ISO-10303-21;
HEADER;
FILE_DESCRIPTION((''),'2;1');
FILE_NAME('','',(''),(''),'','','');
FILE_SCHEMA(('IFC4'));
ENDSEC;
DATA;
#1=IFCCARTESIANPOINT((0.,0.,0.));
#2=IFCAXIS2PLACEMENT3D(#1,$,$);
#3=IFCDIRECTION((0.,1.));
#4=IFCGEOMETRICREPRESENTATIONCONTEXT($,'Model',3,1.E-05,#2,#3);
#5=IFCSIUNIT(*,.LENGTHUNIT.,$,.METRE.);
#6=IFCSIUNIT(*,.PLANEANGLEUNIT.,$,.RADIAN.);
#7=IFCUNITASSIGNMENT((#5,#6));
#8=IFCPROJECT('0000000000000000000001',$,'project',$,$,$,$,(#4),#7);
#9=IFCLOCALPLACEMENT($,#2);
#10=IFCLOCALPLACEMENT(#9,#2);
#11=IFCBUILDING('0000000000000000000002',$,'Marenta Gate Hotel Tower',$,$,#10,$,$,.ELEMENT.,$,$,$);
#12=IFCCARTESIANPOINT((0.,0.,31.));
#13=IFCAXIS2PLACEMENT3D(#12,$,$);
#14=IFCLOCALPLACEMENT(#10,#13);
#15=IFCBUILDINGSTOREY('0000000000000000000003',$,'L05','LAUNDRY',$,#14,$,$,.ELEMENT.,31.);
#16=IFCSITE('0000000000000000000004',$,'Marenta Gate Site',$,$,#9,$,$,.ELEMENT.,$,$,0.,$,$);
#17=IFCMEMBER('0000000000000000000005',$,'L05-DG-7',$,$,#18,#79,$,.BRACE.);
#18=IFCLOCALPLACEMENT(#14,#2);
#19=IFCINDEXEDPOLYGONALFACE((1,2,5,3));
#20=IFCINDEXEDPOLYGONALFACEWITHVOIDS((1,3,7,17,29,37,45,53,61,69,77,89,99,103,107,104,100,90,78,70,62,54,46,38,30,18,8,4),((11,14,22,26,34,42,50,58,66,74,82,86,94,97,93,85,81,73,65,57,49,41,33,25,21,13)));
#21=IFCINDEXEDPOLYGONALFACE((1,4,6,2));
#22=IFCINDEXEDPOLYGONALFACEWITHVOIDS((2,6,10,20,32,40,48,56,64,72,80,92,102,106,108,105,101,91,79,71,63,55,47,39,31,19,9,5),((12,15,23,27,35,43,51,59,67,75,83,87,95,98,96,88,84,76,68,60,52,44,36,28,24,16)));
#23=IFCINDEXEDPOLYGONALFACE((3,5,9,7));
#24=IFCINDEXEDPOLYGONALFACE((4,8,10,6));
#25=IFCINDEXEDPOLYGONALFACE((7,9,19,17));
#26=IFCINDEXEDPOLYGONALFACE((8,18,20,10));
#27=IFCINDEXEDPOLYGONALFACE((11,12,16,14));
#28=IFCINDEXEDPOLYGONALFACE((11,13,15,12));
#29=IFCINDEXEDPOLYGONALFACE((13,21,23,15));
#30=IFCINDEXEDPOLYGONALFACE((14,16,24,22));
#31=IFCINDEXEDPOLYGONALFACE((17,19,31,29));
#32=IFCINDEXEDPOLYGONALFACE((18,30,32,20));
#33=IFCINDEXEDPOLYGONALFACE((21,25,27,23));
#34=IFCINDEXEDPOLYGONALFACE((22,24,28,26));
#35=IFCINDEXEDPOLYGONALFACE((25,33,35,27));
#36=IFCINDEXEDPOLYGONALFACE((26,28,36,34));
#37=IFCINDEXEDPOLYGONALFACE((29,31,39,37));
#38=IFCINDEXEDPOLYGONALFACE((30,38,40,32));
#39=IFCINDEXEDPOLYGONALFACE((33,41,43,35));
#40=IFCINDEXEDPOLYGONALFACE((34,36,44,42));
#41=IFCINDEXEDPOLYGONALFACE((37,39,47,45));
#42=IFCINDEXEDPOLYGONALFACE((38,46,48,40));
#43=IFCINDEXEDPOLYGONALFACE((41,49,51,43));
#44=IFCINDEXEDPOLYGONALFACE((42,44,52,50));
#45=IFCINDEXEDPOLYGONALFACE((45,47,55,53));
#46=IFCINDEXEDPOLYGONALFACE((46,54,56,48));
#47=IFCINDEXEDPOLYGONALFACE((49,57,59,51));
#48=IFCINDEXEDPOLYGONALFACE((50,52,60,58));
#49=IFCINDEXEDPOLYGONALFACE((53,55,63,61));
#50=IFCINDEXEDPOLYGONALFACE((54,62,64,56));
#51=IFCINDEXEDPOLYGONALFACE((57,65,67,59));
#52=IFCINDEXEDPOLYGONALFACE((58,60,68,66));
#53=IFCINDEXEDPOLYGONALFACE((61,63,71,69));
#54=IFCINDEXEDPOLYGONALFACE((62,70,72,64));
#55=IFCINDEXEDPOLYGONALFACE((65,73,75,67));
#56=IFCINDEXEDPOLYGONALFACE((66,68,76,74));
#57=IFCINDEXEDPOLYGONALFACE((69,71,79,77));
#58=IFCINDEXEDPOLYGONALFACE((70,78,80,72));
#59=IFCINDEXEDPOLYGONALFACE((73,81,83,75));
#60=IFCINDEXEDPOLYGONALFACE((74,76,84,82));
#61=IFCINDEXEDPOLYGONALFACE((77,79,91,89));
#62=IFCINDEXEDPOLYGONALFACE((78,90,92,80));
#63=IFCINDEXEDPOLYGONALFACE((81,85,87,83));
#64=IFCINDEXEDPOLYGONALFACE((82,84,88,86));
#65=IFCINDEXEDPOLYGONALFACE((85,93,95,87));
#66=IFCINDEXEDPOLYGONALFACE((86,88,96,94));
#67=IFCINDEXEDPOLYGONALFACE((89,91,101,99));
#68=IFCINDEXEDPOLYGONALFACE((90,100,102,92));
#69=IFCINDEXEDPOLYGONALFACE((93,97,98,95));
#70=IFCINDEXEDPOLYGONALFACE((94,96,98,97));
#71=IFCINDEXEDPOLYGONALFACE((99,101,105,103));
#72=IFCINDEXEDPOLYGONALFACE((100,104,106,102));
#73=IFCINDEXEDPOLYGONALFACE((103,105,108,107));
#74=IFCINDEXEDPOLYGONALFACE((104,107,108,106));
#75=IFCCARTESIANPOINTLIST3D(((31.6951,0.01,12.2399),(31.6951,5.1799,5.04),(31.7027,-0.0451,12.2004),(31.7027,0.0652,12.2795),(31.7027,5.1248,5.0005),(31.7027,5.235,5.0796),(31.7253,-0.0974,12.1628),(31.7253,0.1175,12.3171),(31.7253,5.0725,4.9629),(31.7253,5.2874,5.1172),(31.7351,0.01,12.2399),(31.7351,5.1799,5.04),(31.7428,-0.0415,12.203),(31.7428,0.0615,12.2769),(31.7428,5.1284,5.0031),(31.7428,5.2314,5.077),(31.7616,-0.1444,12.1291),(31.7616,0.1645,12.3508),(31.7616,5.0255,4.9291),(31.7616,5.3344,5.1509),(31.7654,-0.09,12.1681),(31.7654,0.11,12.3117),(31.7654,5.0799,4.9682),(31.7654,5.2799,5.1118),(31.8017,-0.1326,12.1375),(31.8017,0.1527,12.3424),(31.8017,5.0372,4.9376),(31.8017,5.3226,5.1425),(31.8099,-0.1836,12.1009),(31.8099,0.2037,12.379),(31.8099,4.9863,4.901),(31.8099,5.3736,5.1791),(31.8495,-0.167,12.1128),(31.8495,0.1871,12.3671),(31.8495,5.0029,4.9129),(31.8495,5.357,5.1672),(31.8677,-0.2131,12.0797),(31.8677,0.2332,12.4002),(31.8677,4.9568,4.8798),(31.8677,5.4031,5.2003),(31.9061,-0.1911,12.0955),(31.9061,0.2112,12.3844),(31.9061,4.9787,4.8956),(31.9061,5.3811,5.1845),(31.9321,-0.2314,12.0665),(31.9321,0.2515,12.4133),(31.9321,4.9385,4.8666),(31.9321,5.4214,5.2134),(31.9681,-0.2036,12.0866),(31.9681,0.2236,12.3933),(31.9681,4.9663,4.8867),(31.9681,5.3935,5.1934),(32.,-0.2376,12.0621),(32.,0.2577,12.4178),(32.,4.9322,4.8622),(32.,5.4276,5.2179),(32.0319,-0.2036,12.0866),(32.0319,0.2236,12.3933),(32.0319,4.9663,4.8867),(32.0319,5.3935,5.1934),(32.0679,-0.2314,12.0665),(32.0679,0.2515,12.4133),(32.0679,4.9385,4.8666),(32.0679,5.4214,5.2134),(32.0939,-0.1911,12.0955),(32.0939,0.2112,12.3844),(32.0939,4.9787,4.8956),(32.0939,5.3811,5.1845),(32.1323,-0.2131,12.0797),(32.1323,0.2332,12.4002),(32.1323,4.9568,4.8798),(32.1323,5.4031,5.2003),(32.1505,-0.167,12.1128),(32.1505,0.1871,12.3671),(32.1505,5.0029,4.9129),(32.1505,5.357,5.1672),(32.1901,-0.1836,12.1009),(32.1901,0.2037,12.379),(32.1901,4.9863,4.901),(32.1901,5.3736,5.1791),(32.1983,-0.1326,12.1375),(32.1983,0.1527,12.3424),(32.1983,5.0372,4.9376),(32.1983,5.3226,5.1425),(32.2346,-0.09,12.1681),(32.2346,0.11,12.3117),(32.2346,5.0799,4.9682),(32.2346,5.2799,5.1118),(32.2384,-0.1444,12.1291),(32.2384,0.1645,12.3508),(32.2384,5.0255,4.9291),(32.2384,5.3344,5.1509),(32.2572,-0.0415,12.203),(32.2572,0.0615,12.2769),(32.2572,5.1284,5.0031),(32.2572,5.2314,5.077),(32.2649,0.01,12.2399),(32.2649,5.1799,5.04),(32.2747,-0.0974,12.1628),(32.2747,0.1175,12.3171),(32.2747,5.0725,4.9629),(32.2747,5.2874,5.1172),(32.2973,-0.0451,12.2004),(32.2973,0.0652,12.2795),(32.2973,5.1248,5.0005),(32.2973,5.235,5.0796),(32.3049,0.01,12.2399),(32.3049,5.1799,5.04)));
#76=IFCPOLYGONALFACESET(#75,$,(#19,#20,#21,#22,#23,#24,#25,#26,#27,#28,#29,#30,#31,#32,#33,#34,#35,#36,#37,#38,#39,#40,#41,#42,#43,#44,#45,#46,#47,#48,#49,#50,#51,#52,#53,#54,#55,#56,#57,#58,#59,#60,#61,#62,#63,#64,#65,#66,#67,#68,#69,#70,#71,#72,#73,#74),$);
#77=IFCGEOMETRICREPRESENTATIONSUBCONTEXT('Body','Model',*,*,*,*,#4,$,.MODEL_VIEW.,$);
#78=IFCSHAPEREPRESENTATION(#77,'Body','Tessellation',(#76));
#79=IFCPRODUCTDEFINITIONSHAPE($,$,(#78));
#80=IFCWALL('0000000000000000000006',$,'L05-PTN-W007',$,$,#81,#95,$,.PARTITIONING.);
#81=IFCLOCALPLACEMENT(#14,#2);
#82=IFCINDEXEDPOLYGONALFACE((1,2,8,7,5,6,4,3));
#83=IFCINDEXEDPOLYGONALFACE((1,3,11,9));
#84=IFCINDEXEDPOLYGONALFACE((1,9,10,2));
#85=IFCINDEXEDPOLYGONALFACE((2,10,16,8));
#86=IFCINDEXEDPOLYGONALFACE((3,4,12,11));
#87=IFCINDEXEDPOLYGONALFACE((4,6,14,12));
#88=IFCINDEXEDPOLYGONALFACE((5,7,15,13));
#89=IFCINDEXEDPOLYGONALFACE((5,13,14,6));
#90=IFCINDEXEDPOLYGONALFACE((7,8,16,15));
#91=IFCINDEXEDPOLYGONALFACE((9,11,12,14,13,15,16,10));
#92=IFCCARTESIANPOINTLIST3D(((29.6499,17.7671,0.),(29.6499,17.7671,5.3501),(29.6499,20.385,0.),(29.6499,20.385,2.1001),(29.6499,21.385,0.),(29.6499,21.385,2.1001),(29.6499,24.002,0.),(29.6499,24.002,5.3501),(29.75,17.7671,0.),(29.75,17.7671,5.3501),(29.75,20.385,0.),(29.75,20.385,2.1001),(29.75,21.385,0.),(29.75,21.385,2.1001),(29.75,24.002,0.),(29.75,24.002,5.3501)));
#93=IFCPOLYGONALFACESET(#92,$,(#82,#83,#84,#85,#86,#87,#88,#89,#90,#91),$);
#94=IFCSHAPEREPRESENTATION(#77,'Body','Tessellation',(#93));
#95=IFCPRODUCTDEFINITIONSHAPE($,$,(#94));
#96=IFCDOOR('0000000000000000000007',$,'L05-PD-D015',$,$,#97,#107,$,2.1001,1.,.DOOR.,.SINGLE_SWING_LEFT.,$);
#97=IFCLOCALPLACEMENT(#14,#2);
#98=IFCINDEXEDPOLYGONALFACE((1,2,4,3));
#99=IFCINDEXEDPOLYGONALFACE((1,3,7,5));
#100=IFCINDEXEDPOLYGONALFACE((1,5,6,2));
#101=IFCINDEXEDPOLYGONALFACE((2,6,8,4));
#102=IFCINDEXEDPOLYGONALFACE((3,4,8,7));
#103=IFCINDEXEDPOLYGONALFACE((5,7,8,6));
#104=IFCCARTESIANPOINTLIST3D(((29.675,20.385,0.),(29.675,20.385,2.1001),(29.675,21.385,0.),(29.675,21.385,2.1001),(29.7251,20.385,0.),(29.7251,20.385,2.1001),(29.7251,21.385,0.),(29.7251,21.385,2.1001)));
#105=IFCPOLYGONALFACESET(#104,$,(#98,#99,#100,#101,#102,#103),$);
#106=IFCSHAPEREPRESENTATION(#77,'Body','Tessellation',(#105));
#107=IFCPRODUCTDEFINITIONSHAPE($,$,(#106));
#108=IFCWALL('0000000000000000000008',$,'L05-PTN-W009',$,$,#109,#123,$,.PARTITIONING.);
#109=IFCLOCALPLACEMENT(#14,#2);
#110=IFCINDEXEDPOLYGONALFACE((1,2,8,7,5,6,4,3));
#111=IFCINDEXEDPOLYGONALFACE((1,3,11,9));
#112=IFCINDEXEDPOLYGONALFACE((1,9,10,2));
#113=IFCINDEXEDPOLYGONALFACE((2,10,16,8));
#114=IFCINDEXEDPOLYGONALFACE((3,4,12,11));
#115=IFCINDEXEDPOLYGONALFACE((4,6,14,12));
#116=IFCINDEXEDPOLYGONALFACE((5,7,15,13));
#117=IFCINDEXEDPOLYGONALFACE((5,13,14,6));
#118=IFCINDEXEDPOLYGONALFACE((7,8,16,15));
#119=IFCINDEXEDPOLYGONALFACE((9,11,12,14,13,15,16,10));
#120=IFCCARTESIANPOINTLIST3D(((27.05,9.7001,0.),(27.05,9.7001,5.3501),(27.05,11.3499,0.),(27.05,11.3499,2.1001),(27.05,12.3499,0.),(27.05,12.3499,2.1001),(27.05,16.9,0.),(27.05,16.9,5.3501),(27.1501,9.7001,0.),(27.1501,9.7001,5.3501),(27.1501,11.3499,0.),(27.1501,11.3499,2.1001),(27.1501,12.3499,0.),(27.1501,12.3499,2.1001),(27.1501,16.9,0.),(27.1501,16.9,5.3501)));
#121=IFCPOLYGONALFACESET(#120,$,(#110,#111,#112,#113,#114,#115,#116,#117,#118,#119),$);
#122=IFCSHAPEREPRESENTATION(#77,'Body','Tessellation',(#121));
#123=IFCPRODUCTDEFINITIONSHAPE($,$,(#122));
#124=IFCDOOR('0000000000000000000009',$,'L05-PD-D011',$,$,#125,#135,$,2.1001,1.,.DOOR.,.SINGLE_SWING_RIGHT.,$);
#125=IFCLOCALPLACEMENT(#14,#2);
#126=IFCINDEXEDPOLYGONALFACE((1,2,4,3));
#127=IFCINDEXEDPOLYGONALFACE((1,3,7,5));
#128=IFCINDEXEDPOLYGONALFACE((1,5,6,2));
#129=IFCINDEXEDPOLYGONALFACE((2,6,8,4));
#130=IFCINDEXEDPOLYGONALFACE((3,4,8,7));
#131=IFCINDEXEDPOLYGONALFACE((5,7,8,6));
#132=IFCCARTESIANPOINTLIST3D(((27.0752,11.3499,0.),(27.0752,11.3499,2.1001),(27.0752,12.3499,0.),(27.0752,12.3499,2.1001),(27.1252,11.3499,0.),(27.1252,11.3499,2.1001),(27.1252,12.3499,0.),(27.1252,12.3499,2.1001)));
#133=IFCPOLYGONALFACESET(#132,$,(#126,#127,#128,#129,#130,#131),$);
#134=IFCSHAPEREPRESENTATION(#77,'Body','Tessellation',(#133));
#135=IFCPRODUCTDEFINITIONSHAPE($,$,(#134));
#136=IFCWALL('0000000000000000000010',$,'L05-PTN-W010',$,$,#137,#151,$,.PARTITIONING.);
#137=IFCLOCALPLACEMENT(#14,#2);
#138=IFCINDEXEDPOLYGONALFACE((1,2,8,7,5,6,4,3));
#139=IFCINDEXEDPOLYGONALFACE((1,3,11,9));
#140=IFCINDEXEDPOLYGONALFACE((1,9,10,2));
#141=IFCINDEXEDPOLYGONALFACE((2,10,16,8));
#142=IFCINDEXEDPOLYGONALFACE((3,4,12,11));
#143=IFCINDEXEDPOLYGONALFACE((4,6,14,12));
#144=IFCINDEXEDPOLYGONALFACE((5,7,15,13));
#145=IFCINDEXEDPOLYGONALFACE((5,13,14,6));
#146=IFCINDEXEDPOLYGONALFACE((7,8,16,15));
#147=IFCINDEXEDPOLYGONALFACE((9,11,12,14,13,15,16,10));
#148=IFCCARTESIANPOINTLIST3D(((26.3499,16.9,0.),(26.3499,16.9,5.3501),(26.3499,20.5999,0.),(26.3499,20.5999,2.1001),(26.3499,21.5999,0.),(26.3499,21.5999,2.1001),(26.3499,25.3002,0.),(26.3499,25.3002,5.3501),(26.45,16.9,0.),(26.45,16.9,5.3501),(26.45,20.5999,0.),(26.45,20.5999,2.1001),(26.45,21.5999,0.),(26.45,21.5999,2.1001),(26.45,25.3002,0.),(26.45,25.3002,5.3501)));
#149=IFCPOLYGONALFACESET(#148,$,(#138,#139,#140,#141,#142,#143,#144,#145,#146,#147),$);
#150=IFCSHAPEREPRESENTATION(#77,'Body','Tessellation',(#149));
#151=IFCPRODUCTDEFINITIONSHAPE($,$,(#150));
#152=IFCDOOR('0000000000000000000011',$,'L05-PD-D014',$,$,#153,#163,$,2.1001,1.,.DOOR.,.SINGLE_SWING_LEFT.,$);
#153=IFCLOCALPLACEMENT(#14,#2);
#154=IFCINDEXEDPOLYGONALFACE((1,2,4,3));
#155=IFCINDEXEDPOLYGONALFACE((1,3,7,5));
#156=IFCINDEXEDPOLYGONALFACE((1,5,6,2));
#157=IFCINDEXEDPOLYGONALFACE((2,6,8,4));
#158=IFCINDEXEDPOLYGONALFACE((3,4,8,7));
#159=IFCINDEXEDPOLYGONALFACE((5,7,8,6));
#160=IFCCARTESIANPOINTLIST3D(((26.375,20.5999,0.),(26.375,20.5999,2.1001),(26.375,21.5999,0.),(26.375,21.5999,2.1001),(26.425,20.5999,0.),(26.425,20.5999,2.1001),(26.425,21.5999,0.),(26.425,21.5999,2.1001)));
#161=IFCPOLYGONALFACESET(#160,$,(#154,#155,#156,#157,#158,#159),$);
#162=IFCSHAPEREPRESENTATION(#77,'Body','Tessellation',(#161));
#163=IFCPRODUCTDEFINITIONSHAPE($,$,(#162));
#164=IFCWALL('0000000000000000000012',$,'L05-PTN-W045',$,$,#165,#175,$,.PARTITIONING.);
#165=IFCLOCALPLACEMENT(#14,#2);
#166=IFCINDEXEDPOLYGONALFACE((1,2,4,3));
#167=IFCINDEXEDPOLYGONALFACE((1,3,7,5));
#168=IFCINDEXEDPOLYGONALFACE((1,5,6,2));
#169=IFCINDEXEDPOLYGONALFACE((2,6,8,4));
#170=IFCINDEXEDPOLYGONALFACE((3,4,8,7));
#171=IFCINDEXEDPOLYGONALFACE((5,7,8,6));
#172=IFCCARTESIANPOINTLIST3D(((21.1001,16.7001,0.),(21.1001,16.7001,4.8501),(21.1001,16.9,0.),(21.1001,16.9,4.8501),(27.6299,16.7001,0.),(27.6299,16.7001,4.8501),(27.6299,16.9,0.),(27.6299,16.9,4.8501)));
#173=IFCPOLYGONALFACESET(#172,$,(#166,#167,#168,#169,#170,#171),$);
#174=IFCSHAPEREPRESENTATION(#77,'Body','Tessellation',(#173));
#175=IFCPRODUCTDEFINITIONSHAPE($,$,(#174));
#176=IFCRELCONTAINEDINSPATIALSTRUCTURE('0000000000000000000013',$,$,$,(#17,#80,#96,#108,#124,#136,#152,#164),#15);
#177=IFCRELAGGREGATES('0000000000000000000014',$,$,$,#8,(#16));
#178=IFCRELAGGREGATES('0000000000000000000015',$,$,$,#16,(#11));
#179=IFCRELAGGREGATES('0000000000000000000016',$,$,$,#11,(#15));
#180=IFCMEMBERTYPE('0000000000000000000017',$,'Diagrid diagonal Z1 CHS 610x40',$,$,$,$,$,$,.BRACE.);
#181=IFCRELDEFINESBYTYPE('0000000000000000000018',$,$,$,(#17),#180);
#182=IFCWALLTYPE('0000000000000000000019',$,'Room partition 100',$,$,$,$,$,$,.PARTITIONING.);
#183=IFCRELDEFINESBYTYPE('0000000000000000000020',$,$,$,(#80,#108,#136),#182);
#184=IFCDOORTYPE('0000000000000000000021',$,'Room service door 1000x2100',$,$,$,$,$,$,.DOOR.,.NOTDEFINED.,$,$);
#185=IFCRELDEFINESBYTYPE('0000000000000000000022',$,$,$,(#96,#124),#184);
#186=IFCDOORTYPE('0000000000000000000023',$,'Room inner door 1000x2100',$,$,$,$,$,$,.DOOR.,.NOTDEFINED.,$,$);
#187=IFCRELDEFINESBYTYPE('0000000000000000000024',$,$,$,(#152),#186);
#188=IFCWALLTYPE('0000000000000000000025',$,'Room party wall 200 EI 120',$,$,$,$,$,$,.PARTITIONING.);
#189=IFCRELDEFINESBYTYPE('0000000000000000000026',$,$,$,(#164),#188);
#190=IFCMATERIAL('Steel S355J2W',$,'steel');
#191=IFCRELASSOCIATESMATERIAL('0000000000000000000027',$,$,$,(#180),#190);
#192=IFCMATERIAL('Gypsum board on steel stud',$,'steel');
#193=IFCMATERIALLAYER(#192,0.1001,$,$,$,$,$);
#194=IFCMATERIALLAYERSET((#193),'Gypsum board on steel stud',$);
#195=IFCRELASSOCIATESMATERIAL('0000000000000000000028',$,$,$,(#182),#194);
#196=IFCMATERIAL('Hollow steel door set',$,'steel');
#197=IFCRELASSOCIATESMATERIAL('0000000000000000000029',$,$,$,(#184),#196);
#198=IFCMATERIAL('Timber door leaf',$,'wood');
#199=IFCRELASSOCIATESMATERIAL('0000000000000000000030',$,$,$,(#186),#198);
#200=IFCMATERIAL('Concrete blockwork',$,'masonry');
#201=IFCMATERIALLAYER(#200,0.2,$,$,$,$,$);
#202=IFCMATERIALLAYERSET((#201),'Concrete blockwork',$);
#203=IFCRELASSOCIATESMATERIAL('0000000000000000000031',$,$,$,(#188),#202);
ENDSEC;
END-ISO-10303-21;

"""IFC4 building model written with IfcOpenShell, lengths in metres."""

from ifc_helpers import new_model, si_unit, direction, frame, frame_2d, origin, origin_2d, place, context, subcontext, project, spatial, rectangle, hollow_circle, extrude, material, layer, layer_set, material_profile, profile_set, type_object, element, fill, save


model = new_model("IFC4")

# Units and contexts
model_context = context("Model", 3, precision=1e-05, world=origin(), true_north=direction((0.0, 1.0)))
body_context = subcontext(model_context, "Body", "Model", "MODEL_VIEW")
ifc_project = project(units=[si_unit("LENGTHUNIT", "METRE"), si_unit("PLANEANGLEUNIT", "RADIAN")], contexts=[model_context])

# Site, building, storey
site_placement = place(None, origin())
site = spatial("IfcSite", under=ifc_project, at=site_placement, Name="Marenta Gate Site", CompositionType="ELEMENT", RefElevation=0.0)
building_placement = place(site_placement, origin())
building = spatial("IfcBuilding", under=site, at=building_placement, Name="Marenta Gate Hotel Tower", CompositionType="ELEMENT")
storey_placement = place(building_placement, frame((0.0, 0.0, 31.0)))
storey = spatial("IfcBuildingStorey", under=building, at=storey_placement, Name="L05", Description="LAUNDRY", CompositionType="ELEMENT", Elevation=31.0)

# Member
ifc_material_1 = material(Name="Steel S355J2W", Category="steel")
ifc_material_profile_1 = material_profile(ifc_material_1, hollow_circle(Radius=0.3049, WallThickness=0.04, at=origin_2d()), Name="CHS 610x40")
ifc_profile_set_1 = profile_set([ifc_material_profile_1], Name="Steel S355J2W")
member_type = type_object("IfcMemberType", Name="Diagrid diagonal Z1 CHS 610x40", PredefinedType="BRACE", material=ifc_profile_set_1)
for number, where, z_axis, x_axis, name in (
    (1, (32.0, 5.1799, 5.04), (0.0, -0.583261, 0.812285), (1.0, 0.0, 0.0), "L05-DG-7"),
):
    element("IfcMember", number, at=place(storey_placement, frame(where, z_axis=z_axis, x_axis=x_axis)), inside=storey, type_object=member_type, Name=name, PredefinedType="BRACE", context=body_context, shape_type="SweptSolid", body=[
        extrude(hollow_circle(Radius=0.3049, WallThickness=0.04, at=origin_2d()), origin(), (0.0, 0.0, 1.0), 8.8638),
    ])

# Walls, openings, doors
ifc_material_2 = material(Name="Gypsum board on steel stud", Category="steel")
ifc_layer_1 = layer(ifc_material_2, 0.1001)
ifc_layer_set_1 = layer_set([ifc_layer_1], Name="Gypsum board on steel stud")
wall_type_1 = type_object("IfcWallType", Name="Room partition 100", PredefinedType="PARTITIONING", material=ifc_layer_set_1)
wall_1_placement = place(storey_placement, frame((29.7, 17.7671, 0.0), z_axis=(0.0, 0.0, 1.0), x_axis=(0.0, 1.0, 0.0)))
wall_1 = element("IfcWall", 2, at=wall_1_placement, inside=storey, type_object=wall_type_1, Name="L05-PTN-W007", PredefinedType="PARTITIONING", context=body_context, shape_type="SweptSolid", body=[
    extrude(rectangle(XDim=6.2349, YDim=0.1001, at=frame_2d((3.1174, 0.0))), origin(), (0.0, 0.0, 1.0), 5.3501),
])
opening_1_placement = place(wall_1_placement, frame((2.6179, 0.0, 0.0)))
opening_1 = element("IfcOpeningElement", 3, at=opening_1_placement, cuts=wall_1, PredefinedType="OPENING", context=body_context, shape_type="SweptSolid", body=[
    extrude(rectangle(XDim=1.0, YDim=2.1001, at=frame_2d((0.5, 1.05))), frame((0.0, 0.05, 0.0), z_axis=(0.0, -1.0, 0.0), x_axis=(1.0, 0.0, 0.0)), (0.0, 0.0, 1.0), 0.1001),
])
ifc_material_3 = material(Name="Hollow steel door set", Category="steel")
door_type_1 = type_object("IfcDoorType", Name="Room service door 1000x2100", OperationType="NOTDEFINED", PredefinedType="DOOR", material=ifc_material_3)
door_1_placement = place(opening_1_placement, origin())
door_1 = element("IfcDoor", 4, at=door_1_placement, inside=storey, type_object=door_type_1, Name="L05-PD-D015", OperationType="SINGLE_SWING_LEFT", OverallHeight=2.1001, OverallWidth=1.0, PredefinedType="DOOR", context=body_context, shape_type="SweptSolid", body=[
    extrude(rectangle(XDim=1.0, YDim=2.1001, at=frame_2d((0.5, 1.05))), frame((0.0, 0.0249, 0.0), z_axis=(0.0, -1.0, 0.0), x_axis=(1.0, 0.0, 0.0)), (0.0, 0.0, 1.0), 0.05),
])
fill(opening_1, door_1)
wall_2_placement = place(storey_placement, frame((27.1001, 9.7, 0.0), z_axis=(0.0, 0.0, 1.0), x_axis=(0.0, 1.0, 0.0)))
wall_2 = element("IfcWall", 5, at=wall_2_placement, inside=storey, type_object=wall_type_1, Name="L05-PTN-W009", PredefinedType="PARTITIONING", context=body_context, shape_type="SweptSolid", body=[
    extrude(rectangle(XDim=7.2, YDim=0.1001, at=frame_2d((3.6001, 0.0))), origin(), (0.0, 0.0, 1.0), 5.3501),
])
opening_2_placement = place(wall_2_placement, frame((1.6499, 0.0, 0.0)))
opening_2 = element("IfcOpeningElement", 6, at=opening_2_placement, cuts=wall_2, PredefinedType="OPENING", context=body_context, shape_type="SweptSolid", body=[
    extrude(rectangle(XDim=1.0, YDim=2.1001, at=frame_2d((0.5, 1.05))), frame((0.0, 0.05, 0.0), z_axis=(0.0, -1.0, 0.0), x_axis=(1.0, 0.0, 0.0)), (0.0, 0.0, 1.0), 0.1001),
])
door_2_placement = place(opening_2_placement, origin())
door_2 = element("IfcDoor", 7, at=door_2_placement, inside=storey, type_object=door_type_1, Name="L05-PD-D011", OperationType="SINGLE_SWING_RIGHT", OverallHeight=2.1001, OverallWidth=1.0, PredefinedType="DOOR", context=body_context, shape_type="SweptSolid", body=[
    extrude(rectangle(XDim=1.0, YDim=2.1001, at=frame_2d((0.5, 1.05))), frame((0.0, 0.0249, 0.0), z_axis=(0.0, -1.0, 0.0), x_axis=(1.0, 0.0, 0.0)), (0.0, 0.0, 1.0), 0.05),
])
fill(opening_2, door_2)
wall_3_placement = place(storey_placement, frame((26.3999, 16.8999, 0.0), z_axis=(0.0, 0.0, 1.0), x_axis=(0.0, 1.0, 0.0)))
wall_3 = element("IfcWall", 8, at=wall_3_placement, inside=storey, type_object=wall_type_1, Name="L05-PTN-W010", PredefinedType="PARTITIONING", context=body_context, shape_type="SweptSolid", body=[
    extrude(rectangle(XDim=8.4001, YDim=0.1001, at=frame_2d((4.2002, 0.0))), origin(), (0.0, 0.0, 1.0), 5.3501),
])
opening_3_placement = place(wall_3_placement, frame((3.7, 0.0, 0.0)))
opening_3 = element("IfcOpeningElement", 9, at=opening_3_placement, cuts=wall_3, PredefinedType="OPENING", context=body_context, shape_type="SweptSolid", body=[
    extrude(rectangle(XDim=1.0, YDim=2.1001, at=frame_2d((0.5, 1.05))), frame((0.0, 0.05, 0.0), z_axis=(0.0, -1.0, 0.0), x_axis=(1.0, 0.0, 0.0)), (0.0, 0.0, 1.0), 0.1001),
])
ifc_material_4 = material(Name="Timber door leaf", Category="wood")
door_type_2 = type_object("IfcDoorType", Name="Room inner door 1000x2100", OperationType="NOTDEFINED", PredefinedType="DOOR", material=ifc_material_4)
door_3_placement = place(opening_3_placement, origin())
door_3 = element("IfcDoor", 10, at=door_3_placement, inside=storey, type_object=door_type_2, Name="L05-PD-D014", OperationType="SINGLE_SWING_LEFT", OverallHeight=2.1001, OverallWidth=1.0, PredefinedType="DOOR", context=body_context, shape_type="SweptSolid", body=[
    extrude(rectangle(XDim=1.0, YDim=2.1001, at=frame_2d((0.5, 1.05))), frame((0.0, 0.0249, 0.0), z_axis=(0.0, -1.0, 0.0), x_axis=(1.0, 0.0, 0.0)), (0.0, 0.0, 1.0), 0.05),
])
fill(opening_3, door_3)

# Wall
ifc_material_5 = material(Name="Concrete blockwork", Category="masonry")
ifc_layer_2 = layer(ifc_material_5, 0.2)
ifc_layer_set_2 = layer_set([ifc_layer_2], Name="Concrete blockwork")
wall_type_2 = type_object("IfcWallType", Name="Room party wall 200 EI 120", PredefinedType="PARTITIONING", material=ifc_layer_set_2)
wall_4_placement = place(storey_placement, frame((21.1001, 16.8, 0.0), z_axis=(0.0, 0.0, 1.0), x_axis=(1.0, 0.0, 0.0)))
element("IfcWall", 11, at=wall_4_placement, inside=storey, type_object=wall_type_2, Name="L05-PTN-W045", PredefinedType="PARTITIONING", context=body_context, shape_type="SweptSolid", body=[
    extrude(rectangle(XDim=6.5298, YDim=0.2, at=frame_2d((3.2649, 0.0))), origin(), (0.0, 0.0, 1.0), 4.8501),
])

save(model, "model.ifc")
